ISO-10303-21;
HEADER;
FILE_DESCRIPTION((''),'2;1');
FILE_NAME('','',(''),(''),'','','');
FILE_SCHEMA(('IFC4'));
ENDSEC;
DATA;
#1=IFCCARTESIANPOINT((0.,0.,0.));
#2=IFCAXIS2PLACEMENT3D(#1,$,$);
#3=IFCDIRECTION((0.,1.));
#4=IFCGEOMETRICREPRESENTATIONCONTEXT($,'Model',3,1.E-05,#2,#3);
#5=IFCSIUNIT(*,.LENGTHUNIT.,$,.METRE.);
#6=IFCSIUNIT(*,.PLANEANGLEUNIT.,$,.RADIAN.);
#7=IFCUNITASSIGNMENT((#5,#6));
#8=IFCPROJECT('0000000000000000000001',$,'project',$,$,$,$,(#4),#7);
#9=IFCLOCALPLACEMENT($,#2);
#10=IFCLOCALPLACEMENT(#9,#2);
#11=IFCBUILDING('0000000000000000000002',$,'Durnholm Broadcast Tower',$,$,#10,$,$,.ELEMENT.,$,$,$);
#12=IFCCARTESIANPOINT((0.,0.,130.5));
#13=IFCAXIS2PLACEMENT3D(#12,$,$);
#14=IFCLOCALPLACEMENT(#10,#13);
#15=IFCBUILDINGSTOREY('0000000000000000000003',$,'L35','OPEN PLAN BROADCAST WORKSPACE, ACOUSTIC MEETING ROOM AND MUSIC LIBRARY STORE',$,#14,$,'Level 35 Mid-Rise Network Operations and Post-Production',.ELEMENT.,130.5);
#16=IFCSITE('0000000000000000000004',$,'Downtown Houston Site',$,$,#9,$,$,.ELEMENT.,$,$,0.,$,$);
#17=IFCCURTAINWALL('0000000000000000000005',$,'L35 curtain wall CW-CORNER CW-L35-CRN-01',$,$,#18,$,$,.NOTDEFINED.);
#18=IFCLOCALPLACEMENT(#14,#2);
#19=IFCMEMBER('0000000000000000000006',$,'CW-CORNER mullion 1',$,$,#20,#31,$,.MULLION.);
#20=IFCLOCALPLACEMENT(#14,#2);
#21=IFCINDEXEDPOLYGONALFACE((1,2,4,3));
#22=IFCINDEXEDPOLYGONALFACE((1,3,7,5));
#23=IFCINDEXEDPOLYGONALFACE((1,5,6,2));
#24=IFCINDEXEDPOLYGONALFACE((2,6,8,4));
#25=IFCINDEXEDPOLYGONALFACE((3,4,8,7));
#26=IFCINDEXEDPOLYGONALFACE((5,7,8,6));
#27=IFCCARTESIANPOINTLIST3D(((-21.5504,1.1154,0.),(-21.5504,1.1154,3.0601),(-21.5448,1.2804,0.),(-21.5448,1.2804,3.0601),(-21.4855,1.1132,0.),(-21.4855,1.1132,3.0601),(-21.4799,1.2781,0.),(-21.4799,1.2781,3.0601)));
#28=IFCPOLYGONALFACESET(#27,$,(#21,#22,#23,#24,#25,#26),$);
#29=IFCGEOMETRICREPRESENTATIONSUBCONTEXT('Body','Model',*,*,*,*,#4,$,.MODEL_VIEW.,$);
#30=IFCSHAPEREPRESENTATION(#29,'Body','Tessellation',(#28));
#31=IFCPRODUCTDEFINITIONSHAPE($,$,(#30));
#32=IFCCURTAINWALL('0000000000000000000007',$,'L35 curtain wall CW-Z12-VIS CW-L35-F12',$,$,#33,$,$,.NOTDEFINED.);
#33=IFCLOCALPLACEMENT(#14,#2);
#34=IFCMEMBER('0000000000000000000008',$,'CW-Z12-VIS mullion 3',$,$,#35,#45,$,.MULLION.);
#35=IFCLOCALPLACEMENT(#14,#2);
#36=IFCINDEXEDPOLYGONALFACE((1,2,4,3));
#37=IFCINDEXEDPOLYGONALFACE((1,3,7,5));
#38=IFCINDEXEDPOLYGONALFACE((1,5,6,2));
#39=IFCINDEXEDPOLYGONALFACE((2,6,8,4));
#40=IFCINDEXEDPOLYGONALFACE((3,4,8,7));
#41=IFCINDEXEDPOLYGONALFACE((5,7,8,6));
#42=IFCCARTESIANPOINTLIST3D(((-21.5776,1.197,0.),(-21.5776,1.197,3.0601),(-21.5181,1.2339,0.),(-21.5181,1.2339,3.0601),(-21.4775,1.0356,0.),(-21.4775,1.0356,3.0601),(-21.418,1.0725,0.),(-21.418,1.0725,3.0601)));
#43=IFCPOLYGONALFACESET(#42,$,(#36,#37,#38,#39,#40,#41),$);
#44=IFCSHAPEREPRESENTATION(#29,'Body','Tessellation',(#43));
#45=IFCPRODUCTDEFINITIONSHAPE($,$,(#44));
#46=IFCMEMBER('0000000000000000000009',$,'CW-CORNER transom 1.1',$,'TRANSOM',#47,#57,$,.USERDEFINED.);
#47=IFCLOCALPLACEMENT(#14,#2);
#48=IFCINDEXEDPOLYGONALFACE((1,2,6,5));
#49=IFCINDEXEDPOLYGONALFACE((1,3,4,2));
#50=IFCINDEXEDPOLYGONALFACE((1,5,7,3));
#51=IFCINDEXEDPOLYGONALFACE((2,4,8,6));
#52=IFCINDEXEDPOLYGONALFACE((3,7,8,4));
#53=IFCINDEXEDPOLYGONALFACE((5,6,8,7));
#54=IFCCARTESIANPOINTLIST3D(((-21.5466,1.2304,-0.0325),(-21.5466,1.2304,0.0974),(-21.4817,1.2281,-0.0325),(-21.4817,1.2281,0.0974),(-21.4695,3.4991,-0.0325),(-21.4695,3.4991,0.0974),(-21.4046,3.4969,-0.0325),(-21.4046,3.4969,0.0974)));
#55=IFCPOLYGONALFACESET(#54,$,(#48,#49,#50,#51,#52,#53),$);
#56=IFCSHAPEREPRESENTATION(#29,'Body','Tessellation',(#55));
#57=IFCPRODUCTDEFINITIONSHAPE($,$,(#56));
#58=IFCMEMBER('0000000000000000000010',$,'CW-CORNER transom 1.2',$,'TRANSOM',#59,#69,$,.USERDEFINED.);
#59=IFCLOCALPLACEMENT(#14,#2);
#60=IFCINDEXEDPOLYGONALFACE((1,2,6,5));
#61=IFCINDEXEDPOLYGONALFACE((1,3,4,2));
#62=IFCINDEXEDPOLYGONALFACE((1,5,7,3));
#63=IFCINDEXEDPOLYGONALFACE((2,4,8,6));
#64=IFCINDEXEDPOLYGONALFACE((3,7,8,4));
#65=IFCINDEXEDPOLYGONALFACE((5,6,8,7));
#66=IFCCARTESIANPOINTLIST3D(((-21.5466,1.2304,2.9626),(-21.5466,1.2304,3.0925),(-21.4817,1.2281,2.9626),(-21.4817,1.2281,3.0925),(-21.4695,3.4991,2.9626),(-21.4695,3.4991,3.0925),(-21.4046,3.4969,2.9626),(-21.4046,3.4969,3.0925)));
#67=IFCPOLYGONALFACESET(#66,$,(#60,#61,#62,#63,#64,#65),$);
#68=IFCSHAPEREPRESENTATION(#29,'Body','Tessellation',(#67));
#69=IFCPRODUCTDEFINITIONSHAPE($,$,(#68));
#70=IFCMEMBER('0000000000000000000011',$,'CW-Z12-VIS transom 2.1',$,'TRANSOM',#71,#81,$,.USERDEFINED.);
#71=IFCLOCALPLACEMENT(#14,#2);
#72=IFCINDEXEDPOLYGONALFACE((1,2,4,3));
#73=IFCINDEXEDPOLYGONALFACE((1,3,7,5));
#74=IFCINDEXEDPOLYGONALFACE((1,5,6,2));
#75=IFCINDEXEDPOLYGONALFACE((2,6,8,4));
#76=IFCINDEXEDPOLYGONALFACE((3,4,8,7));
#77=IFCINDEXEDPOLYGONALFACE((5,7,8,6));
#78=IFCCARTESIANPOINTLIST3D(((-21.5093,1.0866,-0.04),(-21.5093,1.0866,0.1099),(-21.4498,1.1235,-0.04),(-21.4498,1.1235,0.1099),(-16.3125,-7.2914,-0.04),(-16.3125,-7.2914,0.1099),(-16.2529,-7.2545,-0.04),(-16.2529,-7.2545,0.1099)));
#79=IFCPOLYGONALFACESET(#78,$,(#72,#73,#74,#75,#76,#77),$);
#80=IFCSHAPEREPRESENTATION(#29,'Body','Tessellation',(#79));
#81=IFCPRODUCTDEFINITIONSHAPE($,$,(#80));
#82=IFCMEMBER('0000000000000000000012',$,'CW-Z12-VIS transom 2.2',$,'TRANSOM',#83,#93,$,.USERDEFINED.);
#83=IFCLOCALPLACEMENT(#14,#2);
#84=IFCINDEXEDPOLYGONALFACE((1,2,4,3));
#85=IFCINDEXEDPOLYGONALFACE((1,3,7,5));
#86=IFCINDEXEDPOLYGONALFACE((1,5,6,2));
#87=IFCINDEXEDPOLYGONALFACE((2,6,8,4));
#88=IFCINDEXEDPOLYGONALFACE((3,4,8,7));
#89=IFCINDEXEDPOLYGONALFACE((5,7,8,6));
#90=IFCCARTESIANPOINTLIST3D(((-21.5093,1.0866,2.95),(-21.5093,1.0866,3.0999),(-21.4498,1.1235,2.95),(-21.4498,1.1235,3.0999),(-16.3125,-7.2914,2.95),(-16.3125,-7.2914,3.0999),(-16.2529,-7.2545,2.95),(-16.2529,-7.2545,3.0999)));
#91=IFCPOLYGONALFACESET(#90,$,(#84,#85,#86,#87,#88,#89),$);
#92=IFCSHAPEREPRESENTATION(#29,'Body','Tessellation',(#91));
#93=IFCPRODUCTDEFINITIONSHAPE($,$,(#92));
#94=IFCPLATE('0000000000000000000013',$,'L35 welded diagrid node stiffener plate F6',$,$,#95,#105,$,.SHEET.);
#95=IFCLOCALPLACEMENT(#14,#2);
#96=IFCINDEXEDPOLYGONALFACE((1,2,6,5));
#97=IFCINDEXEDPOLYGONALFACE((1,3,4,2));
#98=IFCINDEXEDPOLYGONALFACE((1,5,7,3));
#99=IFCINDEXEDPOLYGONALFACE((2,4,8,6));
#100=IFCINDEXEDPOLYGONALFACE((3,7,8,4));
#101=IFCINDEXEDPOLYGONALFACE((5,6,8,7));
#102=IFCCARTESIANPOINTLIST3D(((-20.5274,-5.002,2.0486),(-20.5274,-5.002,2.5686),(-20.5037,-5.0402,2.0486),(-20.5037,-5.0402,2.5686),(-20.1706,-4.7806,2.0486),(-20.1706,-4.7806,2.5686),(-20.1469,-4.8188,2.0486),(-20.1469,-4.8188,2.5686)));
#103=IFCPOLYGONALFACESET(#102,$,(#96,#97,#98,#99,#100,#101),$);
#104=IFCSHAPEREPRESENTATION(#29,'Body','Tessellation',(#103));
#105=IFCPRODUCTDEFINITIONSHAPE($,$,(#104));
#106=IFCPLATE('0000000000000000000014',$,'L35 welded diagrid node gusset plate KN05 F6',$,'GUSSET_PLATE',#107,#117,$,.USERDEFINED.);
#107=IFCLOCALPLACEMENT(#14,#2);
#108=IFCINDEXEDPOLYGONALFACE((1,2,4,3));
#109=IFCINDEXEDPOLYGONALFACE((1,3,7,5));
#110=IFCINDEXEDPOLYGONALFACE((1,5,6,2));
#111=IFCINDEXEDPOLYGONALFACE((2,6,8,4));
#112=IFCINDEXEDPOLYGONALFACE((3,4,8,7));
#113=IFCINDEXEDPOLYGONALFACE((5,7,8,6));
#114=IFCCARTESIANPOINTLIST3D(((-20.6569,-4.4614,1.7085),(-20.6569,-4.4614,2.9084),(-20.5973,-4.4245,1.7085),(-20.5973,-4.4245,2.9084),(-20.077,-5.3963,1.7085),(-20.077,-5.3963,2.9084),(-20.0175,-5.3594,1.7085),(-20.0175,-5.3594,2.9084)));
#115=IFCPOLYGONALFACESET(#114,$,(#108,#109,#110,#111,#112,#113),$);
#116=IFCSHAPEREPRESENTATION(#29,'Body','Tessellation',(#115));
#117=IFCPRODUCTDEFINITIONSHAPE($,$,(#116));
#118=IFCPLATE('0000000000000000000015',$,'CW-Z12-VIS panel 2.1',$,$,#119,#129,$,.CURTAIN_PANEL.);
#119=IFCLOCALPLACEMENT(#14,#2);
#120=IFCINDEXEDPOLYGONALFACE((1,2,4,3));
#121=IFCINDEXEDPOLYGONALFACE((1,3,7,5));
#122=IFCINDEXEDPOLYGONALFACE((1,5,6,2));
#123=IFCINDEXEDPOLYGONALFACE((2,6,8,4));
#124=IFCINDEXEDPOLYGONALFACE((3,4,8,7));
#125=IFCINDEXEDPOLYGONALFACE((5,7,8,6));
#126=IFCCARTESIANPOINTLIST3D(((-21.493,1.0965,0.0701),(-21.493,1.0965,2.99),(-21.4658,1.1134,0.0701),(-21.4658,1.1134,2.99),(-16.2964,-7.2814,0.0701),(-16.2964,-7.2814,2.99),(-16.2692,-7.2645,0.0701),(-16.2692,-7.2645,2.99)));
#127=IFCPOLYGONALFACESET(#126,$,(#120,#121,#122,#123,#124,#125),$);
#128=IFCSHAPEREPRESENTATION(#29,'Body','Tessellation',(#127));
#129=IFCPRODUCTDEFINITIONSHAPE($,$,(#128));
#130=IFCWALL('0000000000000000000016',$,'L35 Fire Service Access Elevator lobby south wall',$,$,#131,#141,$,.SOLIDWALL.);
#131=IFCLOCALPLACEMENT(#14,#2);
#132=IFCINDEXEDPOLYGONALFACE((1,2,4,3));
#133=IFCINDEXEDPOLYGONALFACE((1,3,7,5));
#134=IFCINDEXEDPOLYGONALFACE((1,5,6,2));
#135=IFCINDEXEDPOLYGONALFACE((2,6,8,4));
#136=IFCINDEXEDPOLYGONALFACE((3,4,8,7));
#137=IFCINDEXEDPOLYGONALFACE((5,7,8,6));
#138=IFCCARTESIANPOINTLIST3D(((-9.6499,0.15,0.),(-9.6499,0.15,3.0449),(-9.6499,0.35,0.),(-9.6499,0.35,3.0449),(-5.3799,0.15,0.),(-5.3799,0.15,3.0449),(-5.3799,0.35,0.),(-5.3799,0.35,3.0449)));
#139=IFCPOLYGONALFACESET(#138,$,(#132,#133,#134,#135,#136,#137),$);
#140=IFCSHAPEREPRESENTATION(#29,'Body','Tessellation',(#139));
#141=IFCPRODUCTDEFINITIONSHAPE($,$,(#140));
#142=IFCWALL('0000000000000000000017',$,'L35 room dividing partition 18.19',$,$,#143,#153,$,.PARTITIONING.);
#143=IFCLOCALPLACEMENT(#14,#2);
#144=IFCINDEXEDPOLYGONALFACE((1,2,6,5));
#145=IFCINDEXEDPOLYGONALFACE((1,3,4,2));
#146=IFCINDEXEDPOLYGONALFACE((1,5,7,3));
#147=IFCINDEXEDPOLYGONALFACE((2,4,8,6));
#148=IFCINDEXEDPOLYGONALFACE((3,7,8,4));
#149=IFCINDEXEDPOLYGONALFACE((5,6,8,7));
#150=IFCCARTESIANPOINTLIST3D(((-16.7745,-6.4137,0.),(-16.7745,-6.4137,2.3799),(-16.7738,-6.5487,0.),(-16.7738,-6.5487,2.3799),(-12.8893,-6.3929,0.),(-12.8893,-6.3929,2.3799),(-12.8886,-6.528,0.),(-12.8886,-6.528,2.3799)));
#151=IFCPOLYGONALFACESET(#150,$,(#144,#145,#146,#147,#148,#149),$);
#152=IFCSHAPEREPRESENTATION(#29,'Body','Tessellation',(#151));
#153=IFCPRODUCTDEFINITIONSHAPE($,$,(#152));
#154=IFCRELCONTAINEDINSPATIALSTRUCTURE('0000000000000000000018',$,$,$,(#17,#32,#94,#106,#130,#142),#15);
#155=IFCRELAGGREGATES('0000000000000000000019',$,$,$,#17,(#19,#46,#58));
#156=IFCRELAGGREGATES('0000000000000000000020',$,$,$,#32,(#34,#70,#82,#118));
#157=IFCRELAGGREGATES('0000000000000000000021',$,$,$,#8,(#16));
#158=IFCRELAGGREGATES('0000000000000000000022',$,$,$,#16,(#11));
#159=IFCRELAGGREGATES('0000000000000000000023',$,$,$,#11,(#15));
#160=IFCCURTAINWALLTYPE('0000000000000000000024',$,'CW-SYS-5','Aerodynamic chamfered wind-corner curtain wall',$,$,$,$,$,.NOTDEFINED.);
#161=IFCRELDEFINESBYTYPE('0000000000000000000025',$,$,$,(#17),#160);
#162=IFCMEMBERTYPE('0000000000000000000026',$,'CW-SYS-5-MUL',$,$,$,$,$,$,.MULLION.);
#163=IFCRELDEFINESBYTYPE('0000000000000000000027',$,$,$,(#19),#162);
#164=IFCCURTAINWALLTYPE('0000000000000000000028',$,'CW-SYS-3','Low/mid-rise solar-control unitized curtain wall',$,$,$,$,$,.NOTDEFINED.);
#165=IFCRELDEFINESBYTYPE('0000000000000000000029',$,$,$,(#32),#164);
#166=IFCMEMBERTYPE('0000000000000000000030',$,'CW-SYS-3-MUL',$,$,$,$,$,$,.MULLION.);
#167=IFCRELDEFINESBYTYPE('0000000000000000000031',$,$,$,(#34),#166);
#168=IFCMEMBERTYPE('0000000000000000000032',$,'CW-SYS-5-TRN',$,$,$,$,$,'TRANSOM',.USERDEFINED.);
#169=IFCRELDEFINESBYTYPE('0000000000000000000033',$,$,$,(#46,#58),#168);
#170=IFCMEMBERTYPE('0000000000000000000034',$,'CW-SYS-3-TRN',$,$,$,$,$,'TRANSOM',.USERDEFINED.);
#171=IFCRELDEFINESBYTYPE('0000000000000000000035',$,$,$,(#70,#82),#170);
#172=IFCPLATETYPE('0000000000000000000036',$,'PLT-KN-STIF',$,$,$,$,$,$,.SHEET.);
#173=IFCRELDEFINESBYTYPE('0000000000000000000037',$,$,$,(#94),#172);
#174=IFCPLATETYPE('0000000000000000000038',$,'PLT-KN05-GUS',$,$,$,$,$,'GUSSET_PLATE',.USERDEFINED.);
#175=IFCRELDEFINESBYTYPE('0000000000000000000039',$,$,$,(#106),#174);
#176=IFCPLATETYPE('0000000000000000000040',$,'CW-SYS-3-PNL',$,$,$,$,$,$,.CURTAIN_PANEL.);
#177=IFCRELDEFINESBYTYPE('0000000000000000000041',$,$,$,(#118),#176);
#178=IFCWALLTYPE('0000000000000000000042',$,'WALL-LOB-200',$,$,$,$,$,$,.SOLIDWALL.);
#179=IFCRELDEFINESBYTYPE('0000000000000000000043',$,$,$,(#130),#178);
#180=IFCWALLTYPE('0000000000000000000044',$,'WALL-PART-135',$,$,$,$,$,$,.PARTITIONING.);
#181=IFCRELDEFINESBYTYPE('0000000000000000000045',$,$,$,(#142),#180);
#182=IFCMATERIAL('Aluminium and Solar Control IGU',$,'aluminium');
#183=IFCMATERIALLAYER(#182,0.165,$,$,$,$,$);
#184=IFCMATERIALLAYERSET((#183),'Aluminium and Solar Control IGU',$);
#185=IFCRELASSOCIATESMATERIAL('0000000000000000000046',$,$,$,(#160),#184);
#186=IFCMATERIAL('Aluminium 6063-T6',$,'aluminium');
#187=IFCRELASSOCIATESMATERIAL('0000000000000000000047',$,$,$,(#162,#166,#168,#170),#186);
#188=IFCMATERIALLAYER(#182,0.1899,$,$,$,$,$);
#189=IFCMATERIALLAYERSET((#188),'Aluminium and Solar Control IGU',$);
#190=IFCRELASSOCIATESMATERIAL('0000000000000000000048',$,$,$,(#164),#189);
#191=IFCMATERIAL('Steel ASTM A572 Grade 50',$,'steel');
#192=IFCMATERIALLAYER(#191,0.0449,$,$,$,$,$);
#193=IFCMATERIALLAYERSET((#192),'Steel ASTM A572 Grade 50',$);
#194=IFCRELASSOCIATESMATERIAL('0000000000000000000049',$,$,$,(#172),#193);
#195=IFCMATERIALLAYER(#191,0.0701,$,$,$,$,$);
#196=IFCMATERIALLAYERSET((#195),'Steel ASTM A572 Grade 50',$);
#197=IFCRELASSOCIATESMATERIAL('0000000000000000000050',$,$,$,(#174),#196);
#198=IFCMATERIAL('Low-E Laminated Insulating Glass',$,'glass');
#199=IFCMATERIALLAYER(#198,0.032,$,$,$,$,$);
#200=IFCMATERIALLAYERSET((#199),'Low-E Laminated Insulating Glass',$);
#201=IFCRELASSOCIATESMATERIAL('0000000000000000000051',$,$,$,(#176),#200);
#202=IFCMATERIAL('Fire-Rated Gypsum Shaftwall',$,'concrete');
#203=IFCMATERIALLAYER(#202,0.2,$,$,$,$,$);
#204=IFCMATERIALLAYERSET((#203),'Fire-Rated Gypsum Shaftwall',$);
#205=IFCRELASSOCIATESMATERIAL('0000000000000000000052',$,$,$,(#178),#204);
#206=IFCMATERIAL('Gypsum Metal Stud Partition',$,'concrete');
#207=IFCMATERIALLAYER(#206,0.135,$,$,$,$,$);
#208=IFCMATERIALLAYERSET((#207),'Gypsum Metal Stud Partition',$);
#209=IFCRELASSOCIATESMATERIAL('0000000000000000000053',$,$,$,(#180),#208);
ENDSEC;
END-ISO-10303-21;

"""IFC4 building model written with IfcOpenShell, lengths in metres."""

from ifc_helpers import new_model, si_unit, direction, frame, frame_2d, origin, origin_2d, place, context, subcontext, project, spatial, rectangle, extrude, source, transform, mapped, material, layer, layer_set, material_profile, profile_set, type_object, type_shapes, element, aggregate, save


model = new_model("IFC4")

# Units and contexts
model_context = context("Model", 3, precision=1e-05, world=origin(), true_north=direction((0.0, 1.0)))
body_context = subcontext(model_context, "Body", "Model", "MODEL_VIEW")
ifc_project = project(units=[si_unit("LENGTHUNIT", "METRE"), si_unit("PLANEANGLEUNIT", "RADIAN")], contexts=[model_context])

# Site, building, storey
site_placement = place(None, origin())
site = spatial("IfcSite", under=ifc_project, at=site_placement, Name="Downtown Houston Site", CompositionType="ELEMENT", RefElevation=0.0)
building_placement = place(site_placement, origin())
building = spatial("IfcBuilding", under=site, at=building_placement, Name="Durnholm Broadcast Tower", CompositionType="ELEMENT")
storey_placement = place(building_placement, frame((0.0, 0.0, 130.5)))
storey = spatial("IfcBuildingStorey", under=building, at=storey_placement, Name="L35", Description="OPEN PLAN BROADCAST WORKSPACE, ACOUSTIC MEETING ROOM AND MUSIC LIBRARY STORE", LongName="Level 35 Mid-Rise Network Operations and Post-Production", CompositionType="ELEMENT", Elevation=130.5)

# Curtain walls, members
ifc_material_1 = material(Name="Aluminium and Solar Control IGU", Category="aluminium")
ifc_layer_1 = layer(ifc_material_1, 0.165)
ifc_layer_set_1 = layer_set([ifc_layer_1], Name="Aluminium and Solar Control IGU")
curtain_wall_type_1 = type_object("IfcCurtainWallType", Name="CW-SYS-5", Description="Aerodynamic chamfered wind-corner curtain wall", PredefinedType="NOTDEFINED", material=ifc_layer_set_1)
curtain_wall_1_placement = place(storey_placement, origin())
curtain_wall_1 = element("IfcCurtainWall", 1, at=curtain_wall_1_placement, inside=storey, type_object=curtain_wall_type_1, Name="L35 curtain wall CW-CORNER CW-L35-CRN-01", PredefinedType="NOTDEFINED")
ifc_material_2 = material(Name="Aluminium 6063-T6", Category="aluminium")
ifc_material_profile_1 = material_profile(ifc_material_2, rectangle(XDim=0.0649, YDim=0.165, at=origin_2d()), Name="CWM65X165")
ifc_profile_set_1 = profile_set([ifc_material_profile_1], Name="Aluminium 6063-T6")
member_type_1 = type_object("IfcMemberType", Name="CW-SYS-5-MUL", PredefinedType="MULLION", material=ifc_profile_set_1)
shared_shape_1 = source(origin(), body_context, "Body", "SweptSolid", [
    extrude(rectangle(XDim=0.0649, YDim=0.165, at=origin_2d()), origin(), (0.0, 0.0, 1.0), 3.0601),
])
type_shapes(member_type_1, [shared_shape_1])
member_1_placement = place(storey_placement, frame((-21.5151, 1.1968, 0.0), z_axis=(0.0, 0.0, 1.0), x_axis=(-0.999425, 0.033917, 0.0)))
member_1 = element("IfcMember", 2, at=member_1_placement, type_object=member_type_1, Name="CW-CORNER mullion 1", PredefinedType="MULLION", context=body_context, shape_type="MappedRepresentation", body=[
    mapped(shared_shape_1, transform((0.0, 0.0, 0.0), x_axis=(1.0, 0.0, 0.0), y_axis=(0.0, 1.0, 0.0), z_axis=(0.0, 0.0, 1.0), scale=1.0)),
])
ifc_layer_2 = layer(ifc_material_1, 0.1899)
ifc_layer_set_2 = layer_set([ifc_layer_2], Name="Aluminium and Solar Control IGU")
curtain_wall_type_2 = type_object("IfcCurtainWallType", Name="CW-SYS-3", Description="Low/mid-rise solar-control unitized curtain wall", PredefinedType="NOTDEFINED", material=ifc_layer_set_2)
curtain_wall_2_placement = place(storey_placement, origin())
curtain_wall_2 = element("IfcCurtainWall", 3, at=curtain_wall_2_placement, inside=storey, type_object=curtain_wall_type_2, Name="L35 curtain wall CW-Z12-VIS CW-L35-F12", PredefinedType="NOTDEFINED")
ifc_material_profile_2 = material_profile(ifc_material_2, rectangle(XDim=0.0701, YDim=0.1899, at=origin_2d()), Name="CWM70X190")
ifc_profile_set_2 = profile_set([ifc_material_profile_2], Name="Aluminium 6063-T6")
member_type_2 = type_object("IfcMemberType", Name="CW-SYS-3-MUL", PredefinedType="MULLION", material=ifc_profile_set_2)
shared_shape_2 = source(origin(), body_context, "Body", "SweptSolid", [
    extrude(rectangle(XDim=0.0701, YDim=0.1899, at=origin_2d()), origin(), (0.0, 0.0, 1.0), 3.0601),
])
type_shapes(member_type_2, [shared_shape_2])
member_2_placement = place(storey_placement, frame((-21.4978, 1.1348, 0.0), z_axis=(0.0, 0.0, 1.0), x_axis=(-0.8498, -0.527105, 0.0)))
member_2 = element("IfcMember", 4, at=member_2_placement, type_object=member_type_2, Name="CW-Z12-VIS mullion 3", PredefinedType="MULLION", context=body_context, shape_type="MappedRepresentation", body=[
    mapped(shared_shape_2, transform((0.0, 0.0, 0.0), x_axis=(1.0, 0.0, 0.0), y_axis=(0.0, 1.0, 0.0), z_axis=(0.0, 0.0, 1.0), scale=1.0)),
])

# Members
ifc_material_profile_3 = material_profile(ifc_material_2, rectangle(XDim=0.0649, YDim=0.1299, at=origin_2d()), Name="CWT65X130")
ifc_profile_set_3 = profile_set([ifc_material_profile_3], Name="Aluminium 6063-T6")
member_type_3 = type_object("IfcMemberType", Name="CW-SYS-5-TRN", ElementType="TRANSOM", PredefinedType="USERDEFINED", material=ifc_profile_set_3)
shared_shape_3 = source(origin(), body_context, "Body", "SweptSolid", [
    extrude(rectangle(XDim=0.0649, YDim=0.1299, at=origin_2d()), origin(), (0.0, 0.0, 1.0), 2.27),
])
type_shapes(member_type_3, [shared_shape_3])
member_3_placement = place(storey_placement, frame((-21.5142, 1.2292, 0.0325), z_axis=(0.033984, 0.999422, 0.0), x_axis=(-0.999422, 0.033984, 0.0)))
member_3 = element("IfcMember", 5, at=member_3_placement, type_object=member_type_3, Name="CW-CORNER transom 1.1", ObjectType="TRANSOM", PredefinedType="USERDEFINED", context=body_context, shape_type="MappedRepresentation", body=[
    mapped(shared_shape_3, transform((0.0, 0.0, 0.0), x_axis=(1.0, 0.0, 0.0), y_axis=(0.0, 1.0, 0.0), z_axis=(0.0, 0.0, 1.0), scale=1.0)),
])
member_4_placement = place(storey_placement, frame((-21.5142, 1.2292, 3.0276), z_axis=(0.033984, 0.999422, 0.0), x_axis=(-0.999422, 0.033984, 0.0)))
member_4 = element("IfcMember", 6, at=member_4_placement, type_object=member_type_3, Name="CW-CORNER transom 1.2", ObjectType="TRANSOM", PredefinedType="USERDEFINED", context=body_context, shape_type="MappedRepresentation", body=[
    mapped(shared_shape_3, transform((0.0, 0.0, 0.0), x_axis=(1.0, 0.0, 0.0), y_axis=(0.0, 1.0, 0.0), z_axis=(0.0, 0.0, 1.0), scale=1.0)),
])
aggregate(curtain_wall_1, [member_1, member_3, member_4])
ifc_material_profile_4 = material_profile(ifc_material_2, rectangle(XDim=0.0701, YDim=0.1499, at=origin_2d()), Name="CWT70X150")
ifc_profile_set_4 = profile_set([ifc_material_profile_4], Name="Aluminium 6063-T6")
member_type_4 = type_object("IfcMemberType", Name="CW-SYS-3-TRN", ElementType="TRANSOM", PredefinedType="USERDEFINED", material=ifc_profile_set_4)
shared_shape_4 = source(origin(), body_context, "Body", "SweptSolid", [
    extrude(rectangle(XDim=0.0701, YDim=0.1499, at=origin_2d()), origin(), (0.0, 0.0, 1.0), 9.8589),
])
type_shapes(member_type_4, [shared_shape_4])
member_5_placement = place(storey_placement, frame((-16.2827, -7.2729, 0.0349), z_axis=(-0.52712, 0.849791, 0.0), x_axis=(-0.849791, -0.52712, 0.0)))
member_5 = element("IfcMember", 7, at=member_5_placement, type_object=member_type_4, Name="CW-Z12-VIS transom 2.1", ObjectType="TRANSOM", PredefinedType="USERDEFINED", context=body_context, shape_type="MappedRepresentation", body=[
    mapped(shared_shape_4, transform((0.0, 0.0, 0.0), x_axis=(1.0, 0.0, 0.0), y_axis=(0.0, 1.0, 0.0), z_axis=(0.0, 0.0, 1.0), scale=1.0)),
])
member_6_placement = place(storey_placement, frame((-16.2827, -7.2729, 3.0249), z_axis=(-0.52712, 0.849791, 0.0), x_axis=(-0.849791, -0.52712, 0.0)))
member_6 = element("IfcMember", 8, at=member_6_placement, type_object=member_type_4, Name="CW-Z12-VIS transom 2.2", ObjectType="TRANSOM", PredefinedType="USERDEFINED", context=body_context, shape_type="MappedRepresentation", body=[
    mapped(shared_shape_4, transform((0.0, 0.0, 0.0), x_axis=(1.0, 0.0, 0.0), y_axis=(0.0, 1.0, 0.0), z_axis=(0.0, 0.0, 1.0), scale=1.0)),
])

# Plates
ifc_material_3 = material(Name="Steel ASTM A572 Grade 50", Category="steel")
ifc_layer_3 = layer(ifc_material_3, 0.0449)
ifc_layer_set_3 = layer_set([ifc_layer_3], Name="Steel ASTM A572 Grade 50")
plate_type_1 = type_object("IfcPlateType", Name="PLT-KN-STIF", PredefinedType="SHEET", material=ifc_layer_set_3)
shared_shape_5 = source(origin(), body_context, "Body", "SweptSolid", [
    extrude(rectangle(XDim=0.0449, YDim=0.4199, at=origin_2d()), origin(), (0.0, 0.0, 1.0), 0.52),
])
type_shapes(plate_type_1, [shared_shape_5])
plate_1_placement = place(storey_placement, frame((-20.3372, -4.9104, 2.0486), z_axis=(0.0, 0.0, 1.0), x_axis=(0.527104, -0.849801, 0.0)))
element("IfcPlate", 9, at=plate_1_placement, inside=storey, type_object=plate_type_1, Name="L35 welded diagrid node stiffener plate F6", PredefinedType="SHEET", context=body_context, shape_type="MappedRepresentation", body=[
    mapped(shared_shape_5, transform((0.0, 0.0, 0.0), x_axis=(1.0, 0.0, 0.0), y_axis=(0.0, 1.0, 0.0), z_axis=(0.0, 0.0, 1.0), scale=1.0)),
])
ifc_layer_4 = layer(ifc_material_3, 0.0701)
ifc_layer_set_4 = layer_set([ifc_layer_4], Name="Steel ASTM A572 Grade 50")
plate_type_2 = type_object("IfcPlateType", Name="PLT-KN05-GUS", ElementType="GUSSET_PLATE", PredefinedType="USERDEFINED", material=ifc_layer_set_4)
shared_shape_6 = source(origin(), body_context, "Body", "SweptSolid", [
    extrude(rectangle(XDim=1.1001, YDim=0.0701, at=origin_2d()), origin(), (0.0, 0.0, 1.0), 1.2),
])
type_shapes(plate_type_2, [shared_shape_6])
plate_2_placement = place(storey_placement, frame((-20.3372, -4.9104, 1.7085), z_axis=(0.0, 0.0, 1.0), x_axis=(0.527104, -0.849801, 0.0)))
element("IfcPlate", 10, at=plate_2_placement, inside=storey, type_object=plate_type_2, Name="L35 welded diagrid node gusset plate KN05 F6", ObjectType="GUSSET_PLATE", PredefinedType="USERDEFINED", context=body_context, shape_type="MappedRepresentation", body=[
    mapped(shared_shape_6, transform((0.0, 0.0, 0.0), x_axis=(1.0, 0.0, 0.0), y_axis=(0.0, 1.0, 0.0), z_axis=(0.0, 0.0, 1.0), scale=1.0)),
])

# Plate
ifc_material_4 = material(Name="Low-E Laminated Insulating Glass", Category="glass")
ifc_layer_5 = layer(ifc_material_4, 0.032)
ifc_layer_set_5 = layer_set([ifc_layer_5], Name="Low-E Laminated Insulating Glass")
plate_type_3 = type_object("IfcPlateType", Name="CW-SYS-3-PNL", PredefinedType="CURTAIN_PANEL", material=ifc_layer_set_5)
shared_shape_7 = source(origin(), body_context, "Body", "SweptSolid", [
    extrude(rectangle(XDim=9.8586, YDim=0.032, at=origin_2d()), origin(), (0.0, 0.0, 1.0), 2.9199),
])
type_shapes(plate_type_3, [shared_shape_7])
plate_3_placement = place(storey_placement, frame((-18.8811, -3.084, 0.0701), z_axis=(0.0, 0.0, 1.0), x_axis=(-0.527105, 0.8498, 0.0)))
plate_3 = element("IfcPlate", 11, at=plate_3_placement, type_object=plate_type_3, Name="CW-Z12-VIS panel 2.1", PredefinedType="CURTAIN_PANEL", context=body_context, shape_type="MappedRepresentation", body=[
    mapped(shared_shape_7, transform((0.0, 0.0, 0.0), x_axis=(1.0, 0.0, 0.0), y_axis=(0.0, 1.0, 0.0), z_axis=(0.0, 0.0, 1.0), scale=1.0)),
])
aggregate(curtain_wall_2, [member_2, member_5, member_6, plate_3])

# Walls
ifc_material_5 = material(Name="Fire-Rated Gypsum Shaftwall", Category="concrete")
ifc_layer_6 = layer(ifc_material_5, 0.2)
ifc_layer_set_6 = layer_set([ifc_layer_6], Name="Fire-Rated Gypsum Shaftwall")
wall_type_1 = type_object("IfcWallType", Name="WALL-LOB-200", PredefinedType="SOLIDWALL", material=ifc_layer_set_6)
wall_1_placement = place(storey_placement, frame((-9.6499, 0.25, 0.0), z_axis=(0.0, 0.0, 1.0), x_axis=(1.0, 0.0, 0.0)))
element("IfcWall", 12, at=wall_1_placement, inside=storey, type_object=wall_type_1, Name="L35 Fire Service Access Elevator lobby south wall", PredefinedType="SOLIDWALL", context=body_context, shape_type="SweptSolid", body=[
    extrude(rectangle(XDim=4.27, YDim=0.2, at=frame_2d((2.135, 0.0))), origin(), (0.0, 0.0, 1.0), 3.0449),
])
ifc_material_6 = material(Name="Gypsum Metal Stud Partition", Category="concrete")
ifc_layer_7 = layer(ifc_material_6, 0.135)
ifc_layer_set_7 = layer_set([ifc_layer_7], Name="Gypsum Metal Stud Partition")
wall_type_2 = type_object("IfcWallType", Name="WALL-PART-135", PredefinedType="PARTITIONING", material=ifc_layer_set_7)
wall_2_placement = place(storey_placement, frame((-16.7742, -6.4812, 0.0), z_axis=(0.0, 0.0, 1.0), x_axis=(0.999986, 0.005341, 0.0)))
element("IfcWall", 13, at=wall_2_placement, inside=storey, type_object=wall_type_2, Name="L35 room dividing partition 18.19", PredefinedType="PARTITIONING", context=body_context, shape_type="SweptSolid", body=[
    extrude(rectangle(XDim=3.8853, YDim=0.135, at=frame_2d((1.9426, 0.0))), origin(), (0.0, 0.0, 1.0), 2.3799),
])

save(model, "model.ifc")
